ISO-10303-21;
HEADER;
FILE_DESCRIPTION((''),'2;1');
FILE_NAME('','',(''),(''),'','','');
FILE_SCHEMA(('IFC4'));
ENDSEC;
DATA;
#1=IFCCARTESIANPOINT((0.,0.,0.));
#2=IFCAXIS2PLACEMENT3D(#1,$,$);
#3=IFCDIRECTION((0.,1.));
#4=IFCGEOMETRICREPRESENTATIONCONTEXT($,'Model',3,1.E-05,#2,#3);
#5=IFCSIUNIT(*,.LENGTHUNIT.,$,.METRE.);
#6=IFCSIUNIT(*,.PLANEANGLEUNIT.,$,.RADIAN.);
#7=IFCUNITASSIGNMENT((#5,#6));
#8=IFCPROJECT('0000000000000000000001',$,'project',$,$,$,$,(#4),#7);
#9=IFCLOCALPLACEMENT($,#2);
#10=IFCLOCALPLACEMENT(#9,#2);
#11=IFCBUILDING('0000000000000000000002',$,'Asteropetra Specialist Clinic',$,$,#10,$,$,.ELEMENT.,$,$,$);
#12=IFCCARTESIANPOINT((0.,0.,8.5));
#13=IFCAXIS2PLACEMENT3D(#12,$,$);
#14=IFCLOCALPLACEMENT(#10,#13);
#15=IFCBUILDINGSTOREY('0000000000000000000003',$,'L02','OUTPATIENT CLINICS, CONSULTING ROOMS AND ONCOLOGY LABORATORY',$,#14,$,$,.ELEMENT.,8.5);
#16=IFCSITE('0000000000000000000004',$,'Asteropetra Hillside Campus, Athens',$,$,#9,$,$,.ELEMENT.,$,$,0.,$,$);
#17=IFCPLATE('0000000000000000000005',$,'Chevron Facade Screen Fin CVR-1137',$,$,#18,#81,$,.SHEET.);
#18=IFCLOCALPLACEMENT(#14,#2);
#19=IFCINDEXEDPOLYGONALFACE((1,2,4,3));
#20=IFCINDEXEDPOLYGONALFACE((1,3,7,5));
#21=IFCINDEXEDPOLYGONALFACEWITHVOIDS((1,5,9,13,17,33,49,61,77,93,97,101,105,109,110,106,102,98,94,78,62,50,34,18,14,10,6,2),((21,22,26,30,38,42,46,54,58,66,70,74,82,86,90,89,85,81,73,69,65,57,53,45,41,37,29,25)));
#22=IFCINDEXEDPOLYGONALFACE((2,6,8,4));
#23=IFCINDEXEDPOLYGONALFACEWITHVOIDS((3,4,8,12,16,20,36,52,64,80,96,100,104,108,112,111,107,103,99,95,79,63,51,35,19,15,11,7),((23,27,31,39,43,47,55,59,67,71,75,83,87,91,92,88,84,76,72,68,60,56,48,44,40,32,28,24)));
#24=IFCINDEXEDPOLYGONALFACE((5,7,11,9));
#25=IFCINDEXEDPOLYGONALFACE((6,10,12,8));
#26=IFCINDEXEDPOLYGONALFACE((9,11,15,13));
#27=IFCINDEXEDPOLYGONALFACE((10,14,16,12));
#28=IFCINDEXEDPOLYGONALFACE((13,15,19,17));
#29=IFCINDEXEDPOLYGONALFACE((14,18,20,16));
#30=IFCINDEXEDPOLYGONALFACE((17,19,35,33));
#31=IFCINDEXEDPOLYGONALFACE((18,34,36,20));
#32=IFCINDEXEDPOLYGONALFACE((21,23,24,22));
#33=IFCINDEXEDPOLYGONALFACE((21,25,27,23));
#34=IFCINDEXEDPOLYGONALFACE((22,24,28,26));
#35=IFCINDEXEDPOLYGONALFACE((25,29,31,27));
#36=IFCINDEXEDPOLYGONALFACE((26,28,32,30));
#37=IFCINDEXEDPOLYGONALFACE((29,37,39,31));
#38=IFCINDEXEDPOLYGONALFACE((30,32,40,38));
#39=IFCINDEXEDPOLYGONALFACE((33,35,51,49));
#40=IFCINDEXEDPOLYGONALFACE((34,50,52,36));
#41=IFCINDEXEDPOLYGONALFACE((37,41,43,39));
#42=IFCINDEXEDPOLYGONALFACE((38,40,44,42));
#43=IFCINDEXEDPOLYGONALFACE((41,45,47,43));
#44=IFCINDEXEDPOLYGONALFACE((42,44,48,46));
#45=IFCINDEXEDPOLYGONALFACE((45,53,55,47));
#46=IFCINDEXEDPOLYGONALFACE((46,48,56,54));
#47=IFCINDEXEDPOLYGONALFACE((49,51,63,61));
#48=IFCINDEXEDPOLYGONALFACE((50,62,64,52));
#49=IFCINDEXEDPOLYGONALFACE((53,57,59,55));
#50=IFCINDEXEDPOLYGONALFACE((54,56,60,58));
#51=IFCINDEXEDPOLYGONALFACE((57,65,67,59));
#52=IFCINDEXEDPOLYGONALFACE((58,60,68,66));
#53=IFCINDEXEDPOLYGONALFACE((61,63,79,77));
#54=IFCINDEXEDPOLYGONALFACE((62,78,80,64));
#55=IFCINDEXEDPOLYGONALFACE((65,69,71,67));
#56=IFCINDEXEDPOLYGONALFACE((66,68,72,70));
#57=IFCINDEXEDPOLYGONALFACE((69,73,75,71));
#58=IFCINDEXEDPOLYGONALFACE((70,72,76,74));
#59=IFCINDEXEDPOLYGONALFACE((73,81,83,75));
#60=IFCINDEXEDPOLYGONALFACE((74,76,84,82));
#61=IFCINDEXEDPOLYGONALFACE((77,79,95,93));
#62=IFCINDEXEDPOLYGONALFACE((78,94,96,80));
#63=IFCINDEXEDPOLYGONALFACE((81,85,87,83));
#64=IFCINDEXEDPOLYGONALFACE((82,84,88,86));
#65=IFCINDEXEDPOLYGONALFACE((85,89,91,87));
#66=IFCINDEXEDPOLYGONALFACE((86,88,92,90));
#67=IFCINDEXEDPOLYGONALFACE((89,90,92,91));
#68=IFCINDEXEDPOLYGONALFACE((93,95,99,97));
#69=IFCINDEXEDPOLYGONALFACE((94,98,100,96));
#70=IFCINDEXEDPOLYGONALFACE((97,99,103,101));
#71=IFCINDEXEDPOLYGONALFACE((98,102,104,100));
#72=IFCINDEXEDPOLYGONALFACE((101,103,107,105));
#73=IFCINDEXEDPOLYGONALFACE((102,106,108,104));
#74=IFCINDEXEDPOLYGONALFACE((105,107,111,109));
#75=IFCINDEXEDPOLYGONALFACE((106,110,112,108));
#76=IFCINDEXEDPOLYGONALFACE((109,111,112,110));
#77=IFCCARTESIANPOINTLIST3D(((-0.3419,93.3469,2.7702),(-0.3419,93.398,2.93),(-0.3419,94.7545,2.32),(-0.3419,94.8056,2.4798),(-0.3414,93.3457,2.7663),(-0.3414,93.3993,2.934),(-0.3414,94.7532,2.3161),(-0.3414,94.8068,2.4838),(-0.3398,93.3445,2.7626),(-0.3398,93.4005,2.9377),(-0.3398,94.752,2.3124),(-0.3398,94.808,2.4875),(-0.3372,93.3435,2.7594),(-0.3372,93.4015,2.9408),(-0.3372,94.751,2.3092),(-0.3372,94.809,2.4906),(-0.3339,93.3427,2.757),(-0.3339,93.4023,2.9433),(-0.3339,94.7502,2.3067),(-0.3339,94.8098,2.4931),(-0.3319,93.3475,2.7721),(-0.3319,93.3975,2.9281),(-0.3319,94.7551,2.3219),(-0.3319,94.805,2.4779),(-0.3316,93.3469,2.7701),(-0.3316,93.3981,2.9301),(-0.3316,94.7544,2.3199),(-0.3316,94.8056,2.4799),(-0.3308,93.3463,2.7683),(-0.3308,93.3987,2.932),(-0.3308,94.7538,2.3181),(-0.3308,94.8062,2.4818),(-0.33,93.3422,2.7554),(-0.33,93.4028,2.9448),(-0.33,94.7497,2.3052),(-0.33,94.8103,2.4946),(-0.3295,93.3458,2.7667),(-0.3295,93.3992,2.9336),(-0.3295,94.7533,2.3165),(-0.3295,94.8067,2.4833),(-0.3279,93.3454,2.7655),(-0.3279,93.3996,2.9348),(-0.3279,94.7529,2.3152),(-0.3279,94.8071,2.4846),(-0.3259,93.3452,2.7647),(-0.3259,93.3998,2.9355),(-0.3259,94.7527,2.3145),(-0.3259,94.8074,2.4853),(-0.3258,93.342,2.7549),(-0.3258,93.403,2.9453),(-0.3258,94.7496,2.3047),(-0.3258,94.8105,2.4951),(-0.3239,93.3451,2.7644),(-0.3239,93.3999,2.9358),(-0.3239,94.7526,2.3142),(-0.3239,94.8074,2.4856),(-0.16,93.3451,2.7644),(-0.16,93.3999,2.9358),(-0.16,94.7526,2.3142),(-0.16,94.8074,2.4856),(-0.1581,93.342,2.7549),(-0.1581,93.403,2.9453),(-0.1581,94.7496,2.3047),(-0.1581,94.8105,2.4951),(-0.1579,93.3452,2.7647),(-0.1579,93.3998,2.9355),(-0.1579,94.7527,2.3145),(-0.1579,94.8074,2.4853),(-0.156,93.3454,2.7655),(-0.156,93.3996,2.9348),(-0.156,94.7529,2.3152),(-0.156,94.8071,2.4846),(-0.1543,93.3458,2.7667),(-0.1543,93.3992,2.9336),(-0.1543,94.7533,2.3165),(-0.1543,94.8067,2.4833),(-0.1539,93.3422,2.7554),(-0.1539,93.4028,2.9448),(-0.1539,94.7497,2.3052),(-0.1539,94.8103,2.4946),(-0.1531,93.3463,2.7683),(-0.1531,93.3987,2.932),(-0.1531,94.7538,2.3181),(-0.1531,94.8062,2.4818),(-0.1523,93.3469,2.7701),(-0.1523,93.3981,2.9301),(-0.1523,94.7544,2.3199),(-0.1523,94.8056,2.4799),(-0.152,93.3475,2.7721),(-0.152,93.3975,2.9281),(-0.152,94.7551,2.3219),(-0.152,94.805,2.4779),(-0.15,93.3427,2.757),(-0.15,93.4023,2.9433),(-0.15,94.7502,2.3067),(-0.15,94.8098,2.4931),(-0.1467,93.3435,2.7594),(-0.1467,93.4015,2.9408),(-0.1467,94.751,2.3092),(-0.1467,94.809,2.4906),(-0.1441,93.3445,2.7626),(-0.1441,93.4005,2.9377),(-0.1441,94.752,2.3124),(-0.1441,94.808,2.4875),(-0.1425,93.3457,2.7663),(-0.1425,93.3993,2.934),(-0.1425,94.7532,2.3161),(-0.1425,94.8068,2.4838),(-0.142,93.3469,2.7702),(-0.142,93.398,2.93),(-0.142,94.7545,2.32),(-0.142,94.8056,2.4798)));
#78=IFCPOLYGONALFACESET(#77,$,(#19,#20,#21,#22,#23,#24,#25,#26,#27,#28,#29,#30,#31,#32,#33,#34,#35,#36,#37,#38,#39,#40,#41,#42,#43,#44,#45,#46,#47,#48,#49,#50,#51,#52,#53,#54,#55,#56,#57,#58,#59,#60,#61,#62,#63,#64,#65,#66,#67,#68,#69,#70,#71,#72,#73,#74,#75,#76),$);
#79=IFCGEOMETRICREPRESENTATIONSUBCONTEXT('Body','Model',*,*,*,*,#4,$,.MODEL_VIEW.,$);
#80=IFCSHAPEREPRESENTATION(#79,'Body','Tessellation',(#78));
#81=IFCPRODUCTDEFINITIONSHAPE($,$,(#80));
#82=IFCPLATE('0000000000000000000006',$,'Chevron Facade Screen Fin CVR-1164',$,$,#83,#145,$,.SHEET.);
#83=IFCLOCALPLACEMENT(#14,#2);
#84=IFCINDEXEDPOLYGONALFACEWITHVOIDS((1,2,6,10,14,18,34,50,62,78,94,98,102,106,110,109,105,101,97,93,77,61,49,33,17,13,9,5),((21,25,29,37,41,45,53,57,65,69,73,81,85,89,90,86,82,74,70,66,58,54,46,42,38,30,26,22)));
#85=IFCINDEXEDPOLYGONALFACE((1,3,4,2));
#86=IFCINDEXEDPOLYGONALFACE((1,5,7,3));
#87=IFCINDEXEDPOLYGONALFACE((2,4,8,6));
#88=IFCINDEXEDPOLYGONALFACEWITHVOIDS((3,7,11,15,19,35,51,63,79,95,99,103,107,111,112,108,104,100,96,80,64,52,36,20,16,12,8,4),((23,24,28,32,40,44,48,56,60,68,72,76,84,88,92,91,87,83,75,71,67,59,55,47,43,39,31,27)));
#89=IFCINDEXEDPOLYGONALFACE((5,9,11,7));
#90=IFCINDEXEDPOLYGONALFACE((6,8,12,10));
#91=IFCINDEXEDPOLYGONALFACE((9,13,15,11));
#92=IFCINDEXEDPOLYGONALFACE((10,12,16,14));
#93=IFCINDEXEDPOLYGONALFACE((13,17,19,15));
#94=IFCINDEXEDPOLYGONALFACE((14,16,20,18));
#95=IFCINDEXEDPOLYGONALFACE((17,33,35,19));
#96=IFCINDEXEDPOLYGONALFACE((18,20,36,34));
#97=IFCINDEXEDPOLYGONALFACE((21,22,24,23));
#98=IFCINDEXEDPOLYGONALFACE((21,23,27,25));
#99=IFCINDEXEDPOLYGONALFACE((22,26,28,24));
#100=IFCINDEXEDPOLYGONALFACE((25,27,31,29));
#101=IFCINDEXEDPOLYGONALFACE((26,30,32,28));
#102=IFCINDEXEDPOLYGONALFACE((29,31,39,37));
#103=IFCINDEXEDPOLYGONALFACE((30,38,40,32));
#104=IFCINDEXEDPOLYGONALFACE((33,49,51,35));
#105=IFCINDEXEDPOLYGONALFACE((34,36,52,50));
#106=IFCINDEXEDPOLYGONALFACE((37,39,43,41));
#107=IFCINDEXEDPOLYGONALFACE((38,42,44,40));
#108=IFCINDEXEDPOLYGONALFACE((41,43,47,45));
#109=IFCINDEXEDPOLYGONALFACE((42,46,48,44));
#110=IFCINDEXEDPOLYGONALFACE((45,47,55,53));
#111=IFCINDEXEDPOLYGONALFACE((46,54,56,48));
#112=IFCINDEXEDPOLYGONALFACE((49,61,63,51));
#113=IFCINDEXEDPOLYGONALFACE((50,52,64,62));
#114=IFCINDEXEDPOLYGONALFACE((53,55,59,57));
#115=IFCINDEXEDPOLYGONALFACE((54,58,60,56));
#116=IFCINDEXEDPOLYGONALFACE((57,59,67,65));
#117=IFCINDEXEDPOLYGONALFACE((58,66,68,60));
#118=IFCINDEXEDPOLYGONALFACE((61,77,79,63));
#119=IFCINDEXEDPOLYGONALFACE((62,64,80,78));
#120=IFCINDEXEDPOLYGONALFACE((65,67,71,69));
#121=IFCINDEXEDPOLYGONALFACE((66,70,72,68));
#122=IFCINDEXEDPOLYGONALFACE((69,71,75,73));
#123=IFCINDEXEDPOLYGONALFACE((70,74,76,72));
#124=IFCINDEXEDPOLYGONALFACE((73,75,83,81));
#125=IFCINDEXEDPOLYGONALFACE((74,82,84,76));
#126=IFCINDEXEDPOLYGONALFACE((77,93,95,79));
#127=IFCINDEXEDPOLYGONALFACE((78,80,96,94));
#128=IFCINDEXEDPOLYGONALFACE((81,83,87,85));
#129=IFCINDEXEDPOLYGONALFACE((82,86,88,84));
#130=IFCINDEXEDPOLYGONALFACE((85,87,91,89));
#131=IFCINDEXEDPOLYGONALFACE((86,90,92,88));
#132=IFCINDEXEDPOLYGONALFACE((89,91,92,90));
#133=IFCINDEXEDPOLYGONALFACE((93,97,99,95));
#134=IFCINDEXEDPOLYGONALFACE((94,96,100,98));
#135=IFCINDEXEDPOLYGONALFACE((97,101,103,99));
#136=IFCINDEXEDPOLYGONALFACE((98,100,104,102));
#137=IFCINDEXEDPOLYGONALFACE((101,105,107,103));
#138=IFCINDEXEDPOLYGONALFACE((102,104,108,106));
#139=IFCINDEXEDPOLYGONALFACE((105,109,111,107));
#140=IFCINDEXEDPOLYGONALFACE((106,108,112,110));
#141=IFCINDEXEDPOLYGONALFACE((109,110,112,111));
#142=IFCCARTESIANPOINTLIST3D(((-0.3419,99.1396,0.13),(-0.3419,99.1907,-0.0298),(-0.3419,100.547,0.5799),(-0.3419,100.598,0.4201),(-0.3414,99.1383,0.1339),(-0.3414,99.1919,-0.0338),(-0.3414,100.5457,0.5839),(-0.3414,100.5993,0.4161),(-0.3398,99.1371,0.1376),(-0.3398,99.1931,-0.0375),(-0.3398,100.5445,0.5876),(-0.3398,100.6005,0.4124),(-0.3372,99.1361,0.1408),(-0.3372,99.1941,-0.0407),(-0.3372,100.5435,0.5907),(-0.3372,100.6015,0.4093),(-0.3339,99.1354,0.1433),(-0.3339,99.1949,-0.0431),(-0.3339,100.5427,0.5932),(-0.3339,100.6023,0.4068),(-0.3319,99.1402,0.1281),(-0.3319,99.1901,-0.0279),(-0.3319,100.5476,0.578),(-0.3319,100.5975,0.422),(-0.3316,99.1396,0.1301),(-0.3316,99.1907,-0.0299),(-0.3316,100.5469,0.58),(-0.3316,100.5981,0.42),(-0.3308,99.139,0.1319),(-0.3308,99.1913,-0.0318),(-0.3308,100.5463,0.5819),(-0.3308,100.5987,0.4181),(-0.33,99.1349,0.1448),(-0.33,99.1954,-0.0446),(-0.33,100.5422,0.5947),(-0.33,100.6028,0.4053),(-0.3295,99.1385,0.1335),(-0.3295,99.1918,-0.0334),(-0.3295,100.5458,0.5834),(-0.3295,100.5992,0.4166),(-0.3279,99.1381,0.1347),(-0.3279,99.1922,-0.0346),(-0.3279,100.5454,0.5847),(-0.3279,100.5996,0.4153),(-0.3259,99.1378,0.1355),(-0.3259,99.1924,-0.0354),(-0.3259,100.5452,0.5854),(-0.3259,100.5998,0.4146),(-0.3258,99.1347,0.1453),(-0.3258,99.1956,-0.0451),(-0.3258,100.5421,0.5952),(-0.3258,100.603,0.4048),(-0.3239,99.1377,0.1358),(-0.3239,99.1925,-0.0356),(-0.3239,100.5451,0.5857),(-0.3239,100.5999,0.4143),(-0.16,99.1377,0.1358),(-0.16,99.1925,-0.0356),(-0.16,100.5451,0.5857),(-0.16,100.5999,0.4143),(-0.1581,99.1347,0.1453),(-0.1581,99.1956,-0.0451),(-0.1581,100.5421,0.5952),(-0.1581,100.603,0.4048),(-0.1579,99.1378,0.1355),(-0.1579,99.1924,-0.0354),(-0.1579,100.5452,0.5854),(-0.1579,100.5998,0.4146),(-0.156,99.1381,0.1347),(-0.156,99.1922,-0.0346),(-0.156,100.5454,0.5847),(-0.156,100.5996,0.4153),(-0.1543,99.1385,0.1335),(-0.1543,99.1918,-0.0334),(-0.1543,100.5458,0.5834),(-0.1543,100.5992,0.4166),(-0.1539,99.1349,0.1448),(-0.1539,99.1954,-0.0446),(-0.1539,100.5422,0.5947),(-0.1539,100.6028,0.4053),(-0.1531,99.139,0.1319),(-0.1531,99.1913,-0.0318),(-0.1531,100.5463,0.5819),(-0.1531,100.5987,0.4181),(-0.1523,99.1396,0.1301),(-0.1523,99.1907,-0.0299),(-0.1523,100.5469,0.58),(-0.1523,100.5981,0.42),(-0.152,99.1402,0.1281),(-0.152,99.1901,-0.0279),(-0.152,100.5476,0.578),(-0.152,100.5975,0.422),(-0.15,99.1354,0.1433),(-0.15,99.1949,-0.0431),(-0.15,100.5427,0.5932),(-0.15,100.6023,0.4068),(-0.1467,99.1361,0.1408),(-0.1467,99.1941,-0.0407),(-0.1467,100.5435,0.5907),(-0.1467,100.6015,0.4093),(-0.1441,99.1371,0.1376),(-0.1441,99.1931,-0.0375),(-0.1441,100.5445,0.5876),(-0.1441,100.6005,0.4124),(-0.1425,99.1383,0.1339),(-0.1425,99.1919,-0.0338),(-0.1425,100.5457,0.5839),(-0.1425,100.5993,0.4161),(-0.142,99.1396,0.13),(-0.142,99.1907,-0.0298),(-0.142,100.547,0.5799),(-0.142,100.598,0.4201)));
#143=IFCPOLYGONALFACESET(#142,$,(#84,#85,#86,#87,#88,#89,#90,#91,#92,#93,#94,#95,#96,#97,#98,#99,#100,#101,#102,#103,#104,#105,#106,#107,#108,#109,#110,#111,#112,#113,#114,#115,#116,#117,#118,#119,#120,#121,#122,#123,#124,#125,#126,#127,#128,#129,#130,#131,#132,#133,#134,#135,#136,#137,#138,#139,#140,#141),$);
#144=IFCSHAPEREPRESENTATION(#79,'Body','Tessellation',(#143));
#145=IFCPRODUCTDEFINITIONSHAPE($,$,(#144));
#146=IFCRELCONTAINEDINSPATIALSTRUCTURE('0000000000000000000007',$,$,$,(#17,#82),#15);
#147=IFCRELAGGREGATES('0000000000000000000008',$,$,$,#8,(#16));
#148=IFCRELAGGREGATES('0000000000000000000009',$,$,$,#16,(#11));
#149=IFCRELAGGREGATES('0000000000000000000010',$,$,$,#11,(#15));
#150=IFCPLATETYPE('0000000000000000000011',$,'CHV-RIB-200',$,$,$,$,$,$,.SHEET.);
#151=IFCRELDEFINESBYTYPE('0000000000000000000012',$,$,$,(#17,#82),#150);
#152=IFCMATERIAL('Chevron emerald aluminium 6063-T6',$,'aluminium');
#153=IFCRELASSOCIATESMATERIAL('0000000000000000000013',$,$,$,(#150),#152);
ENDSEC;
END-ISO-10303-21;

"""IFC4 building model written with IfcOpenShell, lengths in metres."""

from ifc_helpers import new_model, si_unit, direction, frame, origin, origin_2d, place, context, subcontext, project, spatial, hollow_rectangle, extrude, material, material_profile, profile_set, type_object, element, save


model = new_model("IFC4")

# Units and contexts
model_context = context("Model", 3, precision=1e-05, world=origin(), true_north=direction((0.0, 1.0)))
body_context = subcontext(model_context, "Body", "Model", "MODEL_VIEW")
ifc_project = project(units=[si_unit("LENGTHUNIT", "METRE"), si_unit("PLANEANGLEUNIT", "RADIAN")], contexts=[model_context])

# Site, building, storey
site_placement = place(None, origin())
site = spatial("IfcSite", under=ifc_project, at=site_placement, Name="Asteropetra Hillside Campus, Athens", CompositionType="ELEMENT", RefElevation=0.0)
building_placement = place(site_placement, origin())
building = spatial("IfcBuilding", under=site, at=building_placement, Name="Asteropetra Specialist Clinic", CompositionType="ELEMENT")
storey_placement = place(building_placement, frame((0.0, 0.0, 8.5)))
storey = spatial("IfcBuildingStorey", under=building, at=storey_placement, Name="L02", Description="OUTPATIENT CLINICS, CONSULTING ROOMS AND ONCOLOGY LABORATORY", CompositionType="ELEMENT", Elevation=8.5)

# Plates
ifc_material_1 = material(Name="Chevron emerald aluminium 6063-T6", Category="aluminium")
ifc_material_profile = material_profile(ifc_material_1, hollow_rectangle(XDim=0.2, YDim=0.2, WallThickness=0.01, InnerFilletRadius=0.0081, OuterFilletRadius=0.0161, at=origin_2d()), Name="SHS 200x200x10.0")
ifc_profile_set = profile_set([ifc_material_profile], Name="Chevron emerald aluminium 6063-T6")
plate_type_1 = type_object("IfcPlateType", Name="CHV-RIB-200", PredefinedType="SHEET", material=ifc_profile_set)
plate_placement = place(storey_placement, frame((-0.2419, 94.78, 2.3999), z_axis=(0.0, -0.952463, 0.304656), x_axis=(1.0, 0.0, 0.0)))
element("IfcPlate", 1, at=plate_placement, inside=storey, type_object=plate_type_1, Name="Chevron Facade Screen Fin CVR-1137", PredefinedType="SHEET", context=body_context, shape_type="SweptSolid", body=[
    extrude(hollow_rectangle(XDim=0.2, YDim=0.2, WallThickness=0.01, InnerFilletRadius=0.0081, OuterFilletRadius=0.0161, at=origin_2d()), origin(), (0.0, 0.0, 1.0), 1.4778),
])
for number, where, z_axis, x_axis, name in (
    (2, (-0.2419, 100.5725, 0.5), (0.0, -0.95251, -0.304506), (1.0, 0.0, 0.0), "Chevron Facade Screen Fin CVR-1164"),
):
    element("IfcPlate", number, at=place(storey_placement, frame(where, z_axis=z_axis, x_axis=x_axis)), inside=storey, type_object=plate_type_1, Name=name, PredefinedType="SHEET", context=body_context, shape_type="SweptSolid", body=[
        extrude(hollow_rectangle(XDim=0.2, YDim=0.2, WallThickness=0.01, InnerFilletRadius=0.0081, OuterFilletRadius=0.0161, at=origin_2d()), origin(), (0.0, 0.0, 1.0), 1.4775),
    ])

save(model, "model.ifc")
